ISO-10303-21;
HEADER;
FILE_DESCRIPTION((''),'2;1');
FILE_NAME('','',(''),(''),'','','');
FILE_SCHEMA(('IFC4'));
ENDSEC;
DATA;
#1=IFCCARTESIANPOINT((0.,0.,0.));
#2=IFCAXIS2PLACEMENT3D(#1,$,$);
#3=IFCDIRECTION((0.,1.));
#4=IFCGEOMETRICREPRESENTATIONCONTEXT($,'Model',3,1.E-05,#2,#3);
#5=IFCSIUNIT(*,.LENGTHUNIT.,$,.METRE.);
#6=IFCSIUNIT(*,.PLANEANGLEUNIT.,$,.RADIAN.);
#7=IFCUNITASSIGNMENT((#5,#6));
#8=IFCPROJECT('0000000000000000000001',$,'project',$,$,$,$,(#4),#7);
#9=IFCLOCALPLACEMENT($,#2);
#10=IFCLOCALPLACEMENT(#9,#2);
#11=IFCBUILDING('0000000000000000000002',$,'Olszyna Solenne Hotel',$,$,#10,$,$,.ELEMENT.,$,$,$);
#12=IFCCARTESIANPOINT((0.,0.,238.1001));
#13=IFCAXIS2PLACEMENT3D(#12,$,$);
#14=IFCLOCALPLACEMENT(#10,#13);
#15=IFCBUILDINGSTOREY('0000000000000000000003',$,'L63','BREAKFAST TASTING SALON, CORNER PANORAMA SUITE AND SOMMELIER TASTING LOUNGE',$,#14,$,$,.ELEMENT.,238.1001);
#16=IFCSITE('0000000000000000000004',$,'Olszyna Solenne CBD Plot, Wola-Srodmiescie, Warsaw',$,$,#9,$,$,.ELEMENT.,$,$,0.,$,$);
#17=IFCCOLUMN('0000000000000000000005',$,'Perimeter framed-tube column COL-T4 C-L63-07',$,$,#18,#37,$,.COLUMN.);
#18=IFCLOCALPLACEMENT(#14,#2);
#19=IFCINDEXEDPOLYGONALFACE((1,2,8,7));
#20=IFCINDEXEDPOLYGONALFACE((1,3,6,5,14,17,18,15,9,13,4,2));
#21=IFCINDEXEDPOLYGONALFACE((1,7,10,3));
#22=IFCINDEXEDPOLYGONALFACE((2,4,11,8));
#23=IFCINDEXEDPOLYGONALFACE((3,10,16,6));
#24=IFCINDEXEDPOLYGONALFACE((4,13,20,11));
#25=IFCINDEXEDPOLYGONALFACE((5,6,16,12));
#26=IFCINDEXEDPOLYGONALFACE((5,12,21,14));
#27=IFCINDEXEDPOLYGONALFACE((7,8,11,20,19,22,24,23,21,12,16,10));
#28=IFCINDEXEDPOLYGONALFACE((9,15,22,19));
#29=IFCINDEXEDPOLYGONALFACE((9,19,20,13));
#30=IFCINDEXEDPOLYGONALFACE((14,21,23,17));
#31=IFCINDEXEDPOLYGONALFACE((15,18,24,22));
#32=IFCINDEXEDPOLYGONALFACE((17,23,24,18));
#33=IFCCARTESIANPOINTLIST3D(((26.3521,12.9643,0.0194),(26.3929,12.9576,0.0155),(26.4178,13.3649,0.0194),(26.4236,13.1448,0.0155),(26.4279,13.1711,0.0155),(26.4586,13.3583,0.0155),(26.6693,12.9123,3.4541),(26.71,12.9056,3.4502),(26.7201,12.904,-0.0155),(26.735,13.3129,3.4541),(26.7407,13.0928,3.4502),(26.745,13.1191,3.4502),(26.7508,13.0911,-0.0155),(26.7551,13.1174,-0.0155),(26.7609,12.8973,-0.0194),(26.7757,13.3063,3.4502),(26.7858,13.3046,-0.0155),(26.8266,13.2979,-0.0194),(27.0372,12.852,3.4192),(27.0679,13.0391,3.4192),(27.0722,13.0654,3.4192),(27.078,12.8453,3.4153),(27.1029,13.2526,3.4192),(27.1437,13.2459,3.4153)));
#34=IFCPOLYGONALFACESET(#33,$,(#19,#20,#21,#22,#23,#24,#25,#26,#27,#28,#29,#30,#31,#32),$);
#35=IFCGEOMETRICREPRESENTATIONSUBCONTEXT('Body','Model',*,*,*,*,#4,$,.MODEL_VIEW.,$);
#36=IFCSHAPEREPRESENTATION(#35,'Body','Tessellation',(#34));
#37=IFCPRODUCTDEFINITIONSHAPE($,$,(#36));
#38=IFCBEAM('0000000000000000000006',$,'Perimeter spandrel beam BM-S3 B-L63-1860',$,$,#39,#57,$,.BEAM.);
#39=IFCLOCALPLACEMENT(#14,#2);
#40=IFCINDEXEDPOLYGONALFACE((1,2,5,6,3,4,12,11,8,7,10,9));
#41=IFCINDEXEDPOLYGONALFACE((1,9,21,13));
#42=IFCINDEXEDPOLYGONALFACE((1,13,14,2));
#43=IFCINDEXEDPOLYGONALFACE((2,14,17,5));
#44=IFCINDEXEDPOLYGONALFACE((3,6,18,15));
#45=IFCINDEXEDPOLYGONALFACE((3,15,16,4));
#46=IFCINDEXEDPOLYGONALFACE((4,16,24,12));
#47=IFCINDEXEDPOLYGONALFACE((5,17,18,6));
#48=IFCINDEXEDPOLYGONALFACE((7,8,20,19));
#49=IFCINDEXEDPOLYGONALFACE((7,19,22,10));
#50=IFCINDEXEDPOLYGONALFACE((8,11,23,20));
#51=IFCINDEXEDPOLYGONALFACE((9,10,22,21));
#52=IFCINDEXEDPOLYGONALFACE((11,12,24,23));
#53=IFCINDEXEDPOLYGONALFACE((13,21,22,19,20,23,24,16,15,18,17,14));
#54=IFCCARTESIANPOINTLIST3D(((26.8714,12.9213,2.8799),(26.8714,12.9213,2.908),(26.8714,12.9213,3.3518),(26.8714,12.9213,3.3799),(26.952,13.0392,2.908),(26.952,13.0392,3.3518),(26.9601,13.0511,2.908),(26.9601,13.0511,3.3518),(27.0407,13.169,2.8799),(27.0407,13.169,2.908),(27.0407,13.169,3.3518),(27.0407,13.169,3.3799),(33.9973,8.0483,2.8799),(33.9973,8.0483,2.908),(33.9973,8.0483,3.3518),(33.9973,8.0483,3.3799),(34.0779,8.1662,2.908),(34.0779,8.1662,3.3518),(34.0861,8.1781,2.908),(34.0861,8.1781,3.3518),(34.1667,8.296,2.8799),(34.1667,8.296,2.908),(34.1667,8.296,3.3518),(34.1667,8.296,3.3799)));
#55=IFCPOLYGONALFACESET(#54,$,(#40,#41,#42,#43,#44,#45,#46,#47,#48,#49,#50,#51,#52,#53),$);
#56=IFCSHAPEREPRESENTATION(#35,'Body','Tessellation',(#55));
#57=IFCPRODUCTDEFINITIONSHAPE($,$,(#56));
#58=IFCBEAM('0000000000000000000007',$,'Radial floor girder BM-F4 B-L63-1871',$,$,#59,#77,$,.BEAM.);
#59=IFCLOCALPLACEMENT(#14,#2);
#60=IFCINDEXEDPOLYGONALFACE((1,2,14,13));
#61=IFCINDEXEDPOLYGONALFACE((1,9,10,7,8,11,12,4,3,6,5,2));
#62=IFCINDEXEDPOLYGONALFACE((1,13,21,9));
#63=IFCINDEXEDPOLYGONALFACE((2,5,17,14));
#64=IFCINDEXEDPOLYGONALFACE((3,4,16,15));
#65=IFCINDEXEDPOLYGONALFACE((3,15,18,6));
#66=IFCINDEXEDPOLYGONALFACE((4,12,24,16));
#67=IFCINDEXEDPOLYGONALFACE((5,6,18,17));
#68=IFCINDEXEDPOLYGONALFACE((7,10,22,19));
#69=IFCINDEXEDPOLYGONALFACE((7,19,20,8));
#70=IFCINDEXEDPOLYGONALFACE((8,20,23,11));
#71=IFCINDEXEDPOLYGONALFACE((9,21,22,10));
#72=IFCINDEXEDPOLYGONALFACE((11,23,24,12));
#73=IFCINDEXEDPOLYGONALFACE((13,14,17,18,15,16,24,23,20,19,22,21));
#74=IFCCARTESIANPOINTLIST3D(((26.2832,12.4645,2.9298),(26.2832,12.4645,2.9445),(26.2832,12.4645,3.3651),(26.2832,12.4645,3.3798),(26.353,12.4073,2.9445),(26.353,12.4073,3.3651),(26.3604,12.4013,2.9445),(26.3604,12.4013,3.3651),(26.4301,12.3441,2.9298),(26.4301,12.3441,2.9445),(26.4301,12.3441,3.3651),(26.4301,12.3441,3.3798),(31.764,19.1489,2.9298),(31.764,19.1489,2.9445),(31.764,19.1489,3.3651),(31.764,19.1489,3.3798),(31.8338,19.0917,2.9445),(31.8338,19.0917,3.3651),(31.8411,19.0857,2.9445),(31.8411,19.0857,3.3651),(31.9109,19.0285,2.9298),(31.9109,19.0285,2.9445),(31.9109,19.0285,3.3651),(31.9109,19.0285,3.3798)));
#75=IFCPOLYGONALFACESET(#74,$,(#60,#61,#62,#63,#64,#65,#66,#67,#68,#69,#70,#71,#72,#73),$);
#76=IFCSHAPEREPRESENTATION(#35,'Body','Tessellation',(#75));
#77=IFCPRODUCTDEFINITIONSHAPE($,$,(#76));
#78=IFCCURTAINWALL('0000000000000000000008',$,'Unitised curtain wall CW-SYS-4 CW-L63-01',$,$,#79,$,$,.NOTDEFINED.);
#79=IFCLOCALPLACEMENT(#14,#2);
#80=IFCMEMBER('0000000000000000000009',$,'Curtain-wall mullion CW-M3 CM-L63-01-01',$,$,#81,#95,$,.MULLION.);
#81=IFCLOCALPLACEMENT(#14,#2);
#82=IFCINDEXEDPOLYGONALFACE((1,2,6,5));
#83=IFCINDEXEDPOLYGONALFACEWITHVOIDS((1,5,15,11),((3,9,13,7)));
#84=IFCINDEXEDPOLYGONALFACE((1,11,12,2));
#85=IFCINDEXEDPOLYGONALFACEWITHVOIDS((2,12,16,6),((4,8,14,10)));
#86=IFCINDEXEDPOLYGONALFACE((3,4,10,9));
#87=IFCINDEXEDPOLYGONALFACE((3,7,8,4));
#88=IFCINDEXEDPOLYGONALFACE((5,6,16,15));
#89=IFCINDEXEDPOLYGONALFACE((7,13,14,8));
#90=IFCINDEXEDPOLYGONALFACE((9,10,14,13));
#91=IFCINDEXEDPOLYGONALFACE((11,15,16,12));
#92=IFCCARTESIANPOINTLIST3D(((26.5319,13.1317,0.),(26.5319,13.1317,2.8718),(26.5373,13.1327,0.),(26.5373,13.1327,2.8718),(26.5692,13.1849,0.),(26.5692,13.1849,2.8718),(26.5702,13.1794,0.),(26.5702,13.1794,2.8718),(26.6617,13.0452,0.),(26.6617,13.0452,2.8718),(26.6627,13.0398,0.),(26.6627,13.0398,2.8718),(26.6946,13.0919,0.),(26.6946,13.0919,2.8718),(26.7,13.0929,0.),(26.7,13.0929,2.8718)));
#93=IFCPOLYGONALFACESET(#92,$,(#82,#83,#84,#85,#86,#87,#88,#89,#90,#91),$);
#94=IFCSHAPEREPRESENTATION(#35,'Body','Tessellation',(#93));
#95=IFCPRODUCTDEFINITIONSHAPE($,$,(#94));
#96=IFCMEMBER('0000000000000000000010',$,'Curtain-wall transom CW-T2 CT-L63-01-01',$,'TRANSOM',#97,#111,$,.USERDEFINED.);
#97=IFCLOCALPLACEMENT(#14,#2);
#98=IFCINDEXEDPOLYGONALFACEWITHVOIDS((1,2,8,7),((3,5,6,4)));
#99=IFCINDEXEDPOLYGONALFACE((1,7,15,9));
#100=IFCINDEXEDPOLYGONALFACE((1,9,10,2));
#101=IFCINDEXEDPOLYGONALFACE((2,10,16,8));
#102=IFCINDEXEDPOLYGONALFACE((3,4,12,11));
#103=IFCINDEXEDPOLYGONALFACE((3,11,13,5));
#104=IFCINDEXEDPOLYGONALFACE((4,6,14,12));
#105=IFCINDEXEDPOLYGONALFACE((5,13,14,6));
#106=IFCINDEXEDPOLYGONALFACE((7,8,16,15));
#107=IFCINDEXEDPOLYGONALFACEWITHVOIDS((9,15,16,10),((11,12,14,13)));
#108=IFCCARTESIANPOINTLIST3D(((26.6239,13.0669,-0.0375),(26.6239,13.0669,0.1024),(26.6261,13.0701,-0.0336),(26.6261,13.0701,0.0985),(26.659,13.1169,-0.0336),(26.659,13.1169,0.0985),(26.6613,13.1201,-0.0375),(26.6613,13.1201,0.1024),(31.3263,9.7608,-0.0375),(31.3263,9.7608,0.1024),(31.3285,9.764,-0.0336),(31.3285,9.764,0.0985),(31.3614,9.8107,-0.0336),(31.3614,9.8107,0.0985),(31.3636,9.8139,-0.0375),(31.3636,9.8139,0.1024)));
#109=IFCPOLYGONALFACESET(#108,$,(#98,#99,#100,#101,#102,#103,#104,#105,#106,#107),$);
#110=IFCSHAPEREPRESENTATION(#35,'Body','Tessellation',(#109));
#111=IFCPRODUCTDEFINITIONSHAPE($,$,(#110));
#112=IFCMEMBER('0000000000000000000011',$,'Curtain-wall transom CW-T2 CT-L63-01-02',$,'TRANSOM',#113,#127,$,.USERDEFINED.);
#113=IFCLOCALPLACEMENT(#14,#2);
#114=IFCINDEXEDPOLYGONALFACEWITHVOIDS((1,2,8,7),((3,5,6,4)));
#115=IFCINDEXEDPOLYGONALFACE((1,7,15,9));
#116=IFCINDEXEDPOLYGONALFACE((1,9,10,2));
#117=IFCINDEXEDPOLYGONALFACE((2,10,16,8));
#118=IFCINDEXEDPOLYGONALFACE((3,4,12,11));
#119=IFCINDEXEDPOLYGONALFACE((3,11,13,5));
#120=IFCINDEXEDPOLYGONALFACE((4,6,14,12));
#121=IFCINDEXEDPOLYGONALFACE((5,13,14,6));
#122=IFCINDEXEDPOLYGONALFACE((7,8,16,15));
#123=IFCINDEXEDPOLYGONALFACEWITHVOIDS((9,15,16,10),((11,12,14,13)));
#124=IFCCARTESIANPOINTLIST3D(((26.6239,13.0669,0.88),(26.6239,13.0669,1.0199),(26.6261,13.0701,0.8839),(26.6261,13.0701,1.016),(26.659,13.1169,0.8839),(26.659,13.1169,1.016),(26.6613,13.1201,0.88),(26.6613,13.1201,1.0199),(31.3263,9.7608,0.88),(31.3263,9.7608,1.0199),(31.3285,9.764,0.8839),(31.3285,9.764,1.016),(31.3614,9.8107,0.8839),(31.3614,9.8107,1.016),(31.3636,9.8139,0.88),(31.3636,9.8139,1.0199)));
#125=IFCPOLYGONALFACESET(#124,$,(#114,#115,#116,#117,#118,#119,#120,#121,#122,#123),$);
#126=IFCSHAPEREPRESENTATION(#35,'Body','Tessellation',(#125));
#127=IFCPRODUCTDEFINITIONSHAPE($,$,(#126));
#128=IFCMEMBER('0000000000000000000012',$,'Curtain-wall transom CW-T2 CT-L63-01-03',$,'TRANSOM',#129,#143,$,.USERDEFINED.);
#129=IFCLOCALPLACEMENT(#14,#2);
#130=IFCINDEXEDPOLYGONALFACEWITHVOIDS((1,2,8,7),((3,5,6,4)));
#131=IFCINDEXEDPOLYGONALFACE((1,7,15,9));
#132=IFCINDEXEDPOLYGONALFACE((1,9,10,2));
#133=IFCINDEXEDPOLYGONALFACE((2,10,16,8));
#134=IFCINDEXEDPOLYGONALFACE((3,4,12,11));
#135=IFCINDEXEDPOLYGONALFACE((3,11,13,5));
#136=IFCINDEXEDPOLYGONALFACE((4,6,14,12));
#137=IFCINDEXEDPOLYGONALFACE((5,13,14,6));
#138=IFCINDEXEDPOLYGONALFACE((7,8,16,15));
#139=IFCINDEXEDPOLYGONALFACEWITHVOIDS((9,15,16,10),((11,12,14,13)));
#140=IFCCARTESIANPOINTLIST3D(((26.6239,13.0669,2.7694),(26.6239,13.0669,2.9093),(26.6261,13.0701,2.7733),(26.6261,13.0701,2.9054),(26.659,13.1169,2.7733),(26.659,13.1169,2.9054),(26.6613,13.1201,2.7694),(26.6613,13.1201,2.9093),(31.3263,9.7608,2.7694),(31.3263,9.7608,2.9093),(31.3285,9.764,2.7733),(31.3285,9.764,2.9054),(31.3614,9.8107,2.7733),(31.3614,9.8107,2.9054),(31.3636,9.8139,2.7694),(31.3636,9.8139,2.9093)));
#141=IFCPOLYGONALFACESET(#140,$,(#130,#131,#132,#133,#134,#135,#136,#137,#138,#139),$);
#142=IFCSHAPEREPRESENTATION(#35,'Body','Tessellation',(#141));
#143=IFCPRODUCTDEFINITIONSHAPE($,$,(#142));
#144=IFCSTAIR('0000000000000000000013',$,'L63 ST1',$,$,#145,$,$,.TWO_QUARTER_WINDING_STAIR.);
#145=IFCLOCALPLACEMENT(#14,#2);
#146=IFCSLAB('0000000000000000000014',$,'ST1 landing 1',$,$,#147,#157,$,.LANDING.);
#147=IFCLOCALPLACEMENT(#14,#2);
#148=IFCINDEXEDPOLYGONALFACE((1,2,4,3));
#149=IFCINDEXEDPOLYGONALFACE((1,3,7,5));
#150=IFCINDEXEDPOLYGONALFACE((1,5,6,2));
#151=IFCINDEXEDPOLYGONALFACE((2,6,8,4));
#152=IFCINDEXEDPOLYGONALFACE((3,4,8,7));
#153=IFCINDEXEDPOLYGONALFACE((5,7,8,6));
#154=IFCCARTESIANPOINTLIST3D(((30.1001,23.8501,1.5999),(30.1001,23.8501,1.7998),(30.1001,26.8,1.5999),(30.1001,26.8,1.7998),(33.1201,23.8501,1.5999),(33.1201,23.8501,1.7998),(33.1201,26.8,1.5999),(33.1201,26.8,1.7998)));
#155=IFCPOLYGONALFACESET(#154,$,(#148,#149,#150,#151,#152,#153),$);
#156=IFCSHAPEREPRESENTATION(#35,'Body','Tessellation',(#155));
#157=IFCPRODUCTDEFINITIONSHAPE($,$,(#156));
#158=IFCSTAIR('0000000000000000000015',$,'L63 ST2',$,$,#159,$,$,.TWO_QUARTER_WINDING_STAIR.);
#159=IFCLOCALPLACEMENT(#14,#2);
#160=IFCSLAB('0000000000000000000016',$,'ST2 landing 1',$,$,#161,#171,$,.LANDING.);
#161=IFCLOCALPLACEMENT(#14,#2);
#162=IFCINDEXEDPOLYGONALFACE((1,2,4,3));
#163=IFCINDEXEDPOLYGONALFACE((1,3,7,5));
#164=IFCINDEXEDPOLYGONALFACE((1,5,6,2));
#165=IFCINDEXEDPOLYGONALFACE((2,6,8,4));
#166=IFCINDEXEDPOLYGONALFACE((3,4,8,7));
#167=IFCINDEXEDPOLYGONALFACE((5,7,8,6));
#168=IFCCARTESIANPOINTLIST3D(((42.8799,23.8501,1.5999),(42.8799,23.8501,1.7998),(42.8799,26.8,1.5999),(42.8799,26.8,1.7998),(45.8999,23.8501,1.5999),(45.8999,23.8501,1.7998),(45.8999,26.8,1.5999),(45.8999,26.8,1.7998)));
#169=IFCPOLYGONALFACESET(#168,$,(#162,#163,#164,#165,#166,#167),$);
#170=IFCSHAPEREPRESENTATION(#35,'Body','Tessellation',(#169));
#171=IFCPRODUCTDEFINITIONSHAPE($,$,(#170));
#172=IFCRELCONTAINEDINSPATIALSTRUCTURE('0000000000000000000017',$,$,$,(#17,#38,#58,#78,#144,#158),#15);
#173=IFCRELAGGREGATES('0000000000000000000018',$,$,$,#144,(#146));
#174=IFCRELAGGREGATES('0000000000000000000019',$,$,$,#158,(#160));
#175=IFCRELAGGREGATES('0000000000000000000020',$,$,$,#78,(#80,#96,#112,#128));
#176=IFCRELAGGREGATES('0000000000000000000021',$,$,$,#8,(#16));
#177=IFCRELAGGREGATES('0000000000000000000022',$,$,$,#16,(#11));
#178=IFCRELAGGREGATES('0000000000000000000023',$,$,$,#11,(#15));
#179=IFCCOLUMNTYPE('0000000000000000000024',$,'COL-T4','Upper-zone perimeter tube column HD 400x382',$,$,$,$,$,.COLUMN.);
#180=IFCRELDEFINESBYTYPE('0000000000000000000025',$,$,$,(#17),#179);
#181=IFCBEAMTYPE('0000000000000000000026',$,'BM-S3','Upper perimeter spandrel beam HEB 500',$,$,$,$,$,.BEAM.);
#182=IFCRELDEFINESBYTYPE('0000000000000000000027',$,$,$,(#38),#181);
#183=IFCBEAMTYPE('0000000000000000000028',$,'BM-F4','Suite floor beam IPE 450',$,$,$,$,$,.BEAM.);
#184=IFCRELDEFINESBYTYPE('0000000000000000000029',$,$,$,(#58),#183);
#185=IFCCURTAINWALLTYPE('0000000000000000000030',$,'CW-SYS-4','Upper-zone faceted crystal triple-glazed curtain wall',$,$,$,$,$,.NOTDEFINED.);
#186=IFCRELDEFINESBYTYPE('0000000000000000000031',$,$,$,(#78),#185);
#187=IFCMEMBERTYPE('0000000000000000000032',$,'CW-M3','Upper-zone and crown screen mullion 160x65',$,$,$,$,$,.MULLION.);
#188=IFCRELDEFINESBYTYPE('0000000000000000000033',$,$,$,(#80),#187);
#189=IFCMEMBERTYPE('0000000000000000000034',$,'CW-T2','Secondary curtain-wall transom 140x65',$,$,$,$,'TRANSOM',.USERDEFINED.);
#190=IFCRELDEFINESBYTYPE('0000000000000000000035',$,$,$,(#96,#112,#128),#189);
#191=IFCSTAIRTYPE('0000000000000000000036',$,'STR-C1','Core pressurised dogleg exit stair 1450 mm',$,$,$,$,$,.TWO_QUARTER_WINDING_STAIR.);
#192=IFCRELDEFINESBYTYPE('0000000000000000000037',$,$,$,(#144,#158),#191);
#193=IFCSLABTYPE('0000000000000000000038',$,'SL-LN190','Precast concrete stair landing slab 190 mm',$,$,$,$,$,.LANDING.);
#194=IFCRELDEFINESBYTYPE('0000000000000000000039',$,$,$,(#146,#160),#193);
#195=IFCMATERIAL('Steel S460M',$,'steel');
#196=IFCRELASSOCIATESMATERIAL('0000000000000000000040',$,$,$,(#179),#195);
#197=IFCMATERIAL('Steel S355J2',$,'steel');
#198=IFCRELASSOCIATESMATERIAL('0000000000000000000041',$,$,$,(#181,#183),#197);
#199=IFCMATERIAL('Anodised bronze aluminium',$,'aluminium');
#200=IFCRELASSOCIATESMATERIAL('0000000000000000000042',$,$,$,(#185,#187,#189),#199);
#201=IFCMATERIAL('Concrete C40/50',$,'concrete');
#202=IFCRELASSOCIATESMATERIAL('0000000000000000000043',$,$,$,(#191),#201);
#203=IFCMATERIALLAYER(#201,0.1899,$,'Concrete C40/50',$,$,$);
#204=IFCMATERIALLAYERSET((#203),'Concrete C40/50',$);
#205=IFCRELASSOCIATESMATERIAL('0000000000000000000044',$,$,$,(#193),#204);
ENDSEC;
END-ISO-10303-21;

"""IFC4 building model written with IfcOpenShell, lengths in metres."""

from ifc_helpers import new_model, si_unit, direction, frame, origin, origin_2d, place, context, subcontext, project, spatial, polyline, hollow_rectangle, i_section, outline, extrude, source, transform, mapped, material, layer, layer_set, material_profile, profile_set, type_object, element, aggregate, save


model = new_model("IFC4")

# Units and contexts
model_context = context("Model", 3, precision=1e-05, world=origin(), true_north=direction((0.0, 1.0)))
body_context = subcontext(model_context, "Body", "Model", "MODEL_VIEW")
ifc_project = project(units=[si_unit("LENGTHUNIT", "METRE"), si_unit("PLANEANGLEUNIT", "RADIAN")], contexts=[model_context])

# Site, building, storey
site_placement = place(None, origin())
site = spatial("IfcSite", under=ifc_project, at=site_placement, Name="Olszyna Solenne CBD Plot, Wola-Srodmiescie, Warsaw", CompositionType="ELEMENT", RefElevation=0.0)
building_placement = place(site_placement, origin())
building = spatial("IfcBuilding", under=site, at=building_placement, Name="Olszyna Solenne Hotel", CompositionType="ELEMENT")
storey_placement = place(building_placement, frame((0.0, 0.0, 238.1001)))
storey = spatial("IfcBuildingStorey", under=building, at=storey_placement, Name="L63", Description="BREAKFAST TASTING SALON, CORNER PANORAMA SUITE AND SOMMELIER TASTING LOUNGE", CompositionType="ELEMENT", Elevation=238.1001)

# Column
ifc_material_1 = material(Name="Steel S460M", Category="steel")
ifc_material_profile_1 = material_profile(ifc_material_1, i_section(OverallWidth=0.406, OverallDepth=0.416, WebThickness=0.0266, FlangeThickness=0.0415, at=origin_2d()), Name="HD 400x382", Category="load-bearing")
ifc_profile_set_1 = profile_set([ifc_material_profile_1], Name="Steel S460M")
column_type = type_object("IfcColumnType", Name="COL-T4", Description="Upper-zone perimeter tube column HD 400x382", PredefinedType="COLUMN", material=ifc_profile_set_1)
shared_shape_1 = source(origin(), body_context, "Body", "SweptSolid", [
    extrude(i_section(OverallWidth=0.406, OverallDepth=0.416, WebThickness=0.0266, FlangeThickness=0.0415, at=origin_2d()), origin(), (0.0, 0.0, 1.0), 3.4497),
])
column_placement = place(storey_placement, frame((26.5894, 13.1311, 0.0), z_axis=(0.091929, -0.015074, 0.995651), x_axis=(0.161811, 0.986822, 0.0)))
element("IfcColumn", 1, at=column_placement, inside=storey, type_object=column_type, Name="Perimeter framed-tube column COL-T4 C-L63-07", PredefinedType="COLUMN", context=body_context, shape_type="MappedRepresentation", body=[
    mapped(shared_shape_1, transform((0.0, 0.0, 0.0), x_axis=(1.0, 0.0, 0.0), y_axis=(0.0, 1.0, 0.0), z_axis=(0.0, 0.0, 1.0), scale=1.0)),
])

# Beams
ifc_material_2 = material(Name="Steel S355J2", Category="steel")
ifc_material_profile_2 = material_profile(ifc_material_2, i_section(OverallWidth=0.3, OverallDepth=0.5, WebThickness=0.0144, FlangeThickness=0.0281, at=origin_2d()), Name="HEB 500", Category="load-bearing")
ifc_profile_set_2 = profile_set([ifc_material_profile_2], Name="Steel S355J2")
beam_type_1 = type_object("IfcBeamType", Name="BM-S3", Description="Upper perimeter spandrel beam HEB 500", PredefinedType="BEAM", material=ifc_profile_set_2)
shared_shape_2 = source(origin(), body_context, "Body", "SweptSolid", [
    extrude(i_section(OverallWidth=0.3, OverallDepth=0.5, WebThickness=0.0144, FlangeThickness=0.0281, at=origin_2d()), origin(), (0.0, 0.0, 1.0), 8.6328),
])
beam_1_placement = place(storey_placement, frame((26.9561, 13.0452, 3.1299), z_axis=(0.825449, -0.564477, 0.0), x_axis=(0.564477, 0.825449, 0.0)))
element("IfcBeam", 2, at=beam_1_placement, inside=storey, type_object=beam_type_1, Name="Perimeter spandrel beam BM-S3 B-L63-1860", PredefinedType="BEAM", context=body_context, shape_type="MappedRepresentation", body=[
    mapped(shared_shape_2, transform((0.0, 0.0, 0.0), x_axis=(1.0, 0.0, 0.0), y_axis=(0.0, 1.0, 0.0), z_axis=(0.0, 0.0, 1.0), scale=1.0)),
])
ifc_material_profile_3 = material_profile(ifc_material_2, i_section(OverallWidth=0.1899, OverallDepth=0.45, WebThickness=0.0095, FlangeThickness=0.0146, at=origin_2d()), Name="IPE 450", Category="load-bearing")
ifc_profile_set_3 = profile_set([ifc_material_profile_3], Name="Steel S355J2")
beam_type_2 = type_object("IfcBeamType", Name="BM-F4", Description="Suite floor beam IPE 450", PredefinedType="BEAM", material=ifc_profile_set_3)
shared_shape_3 = source(origin(), body_context, "Body", "SweptSolid", [
    extrude(i_section(OverallWidth=0.1899, OverallDepth=0.45, WebThickness=0.0095, FlangeThickness=0.0146, at=origin_2d()), origin(), (0.0, 0.0, 1.0), 8.644),
])
beam_2_placement = place(storey_placement, frame((26.3567, 12.4043, 3.1548), z_axis=(0.63405, 0.773292, 0.0), x_axis=(-0.773292, 0.63405, 0.0)))
element("IfcBeam", 3, at=beam_2_placement, inside=storey, type_object=beam_type_2, Name="Radial floor girder BM-F4 B-L63-1871", PredefinedType="BEAM", context=body_context, shape_type="MappedRepresentation", body=[
    mapped(shared_shape_3, transform((0.0, 0.0, 0.0), x_axis=(1.0, 0.0, 0.0), y_axis=(0.0, 1.0, 0.0), z_axis=(0.0, 0.0, 1.0), scale=1.0)),
])

# Curtain wall, members
ifc_material_3 = material(Name="Anodised bronze aluminium", Category="aluminium")
curtain_wall_type = type_object("IfcCurtainWallType", Name="CW-SYS-4", Description="Upper-zone faceted crystal triple-glazed curtain wall", PredefinedType="NOTDEFINED", material=ifc_material_3)
curtain_wall_placement = place(storey_placement, origin())
curtain_wall = element("IfcCurtainWall", 4, at=curtain_wall_placement, inside=storey, type_object=curtain_wall_type, Name="Unitised curtain wall CW-SYS-4 CW-L63-01", PredefinedType="NOTDEFINED")
ifc_material_profile_4 = material_profile(ifc_material_3, hollow_rectangle(XDim=0.0649, YDim=0.1599, WallThickness=0.0039, at=origin_2d()), Name="MULL 160x65x4", Category="load-bearing")
ifc_profile_set_4 = profile_set([ifc_material_profile_4], Name="Anodised bronze aluminium")
member_type_1 = type_object("IfcMemberType", Name="CW-M3", Description="Upper-zone and crown screen mullion 160x65", PredefinedType="MULLION", material=ifc_profile_set_4)
shared_shape_4 = source(origin(), body_context, "Body", "SweptSolid", [
    extrude(hollow_rectangle(XDim=0.0649, YDim=0.1599, WallThickness=0.0039, at=origin_2d()), origin(), (0.0, 0.0, 1.0), 2.8718),
])
member_1_placement = place(storey_placement, frame((26.616, 13.1123, 0.0), z_axis=(0.0, 0.0, 1.0), x_axis=(0.575174, 0.818031, 0.0)))
member_1 = element("IfcMember", 5, at=member_1_placement, type_object=member_type_1, Name="Curtain-wall mullion CW-M3 CM-L63-01-01", PredefinedType="MULLION", context=body_context, shape_type="MappedRepresentation", body=[
    mapped(shared_shape_4, transform((0.0, 0.0, 0.0), x_axis=(1.0, 0.0, 0.0), y_axis=(0.0, 1.0, 0.0), z_axis=(0.0, 0.0, 1.0), scale=1.0)),
])
ifc_material_profile_5 = material_profile(ifc_material_3, hollow_rectangle(XDim=0.0649, YDim=0.1399, WallThickness=0.0039, at=origin_2d()), Name="TRAN 140x65x4", Category="load-bearing")
ifc_profile_set_5 = profile_set([ifc_material_profile_5], Name="Anodised bronze aluminium")
member_type_2 = type_object("IfcMemberType", Name="CW-T2", Description="Secondary curtain-wall transom 140x65", ElementType="TRANSOM", PredefinedType="USERDEFINED", material=ifc_profile_set_5)
shared_shape_5 = source(origin(), body_context, "Body", "SweptSolid", [
    extrude(hollow_rectangle(XDim=0.0649, YDim=0.1399, WallThickness=0.0039, at=origin_2d()), origin(), (0.0, 0.0, 1.0), 5.7483),
])
member_2_placement = place(storey_placement, frame((26.6426, 13.0935, 0.0325), z_axis=(0.818047, -0.575151, 0.0), x_axis=(0.575151, 0.818047, 0.0)))
member_2 = element("IfcMember", 6, at=member_2_placement, type_object=member_type_2, Name="Curtain-wall transom CW-T2 CT-L63-01-01", ObjectType="TRANSOM", PredefinedType="USERDEFINED", context=body_context, shape_type="MappedRepresentation", body=[
    mapped(shared_shape_5, transform((0.0, 0.0, 0.0), x_axis=(1.0, 0.0, 0.0), y_axis=(0.0, 1.0, 0.0), z_axis=(0.0, 0.0, 1.0), scale=1.0)),
])
member_3_placement = place(storey_placement, frame((26.6426, 13.0935, 0.95), z_axis=(0.818047, -0.575151, 0.0), x_axis=(0.575151, 0.818047, 0.0)))
member_3 = element("IfcMember", 7, at=member_3_placement, type_object=member_type_2, Name="Curtain-wall transom CW-T2 CT-L63-01-02", ObjectType="TRANSOM", PredefinedType="USERDEFINED", context=body_context, shape_type="MappedRepresentation", body=[
    mapped(shared_shape_5, transform((0.0, 0.0, 0.0), x_axis=(1.0, 0.0, 0.0), y_axis=(0.0, 1.0, 0.0), z_axis=(0.0, 0.0, 1.0), scale=1.0)),
])
member_4_placement = place(storey_placement, frame((26.6426, 13.0935, 2.8394), z_axis=(0.818047, -0.575151, 0.0), x_axis=(0.575151, 0.818047, 0.0)))
member_4 = element("IfcMember", 8, at=member_4_placement, type_object=member_type_2, Name="Curtain-wall transom CW-T2 CT-L63-01-03", ObjectType="TRANSOM", PredefinedType="USERDEFINED", context=body_context, shape_type="MappedRepresentation", body=[
    mapped(shared_shape_5, transform((0.0, 0.0, 0.0), x_axis=(1.0, 0.0, 0.0), y_axis=(0.0, 1.0, 0.0), z_axis=(0.0, 0.0, 1.0), scale=1.0)),
])

# Stairs, slabs
ifc_material_4 = material(Name="Concrete C40/50", Category="concrete")
stair_type = type_object("IfcStairType", Name="STR-C1", Description="Core pressurised dogleg exit stair 1450 mm", PredefinedType="TWO_QUARTER_WINDING_STAIR", material=ifc_material_4)
stair_1_placement = place(storey_placement, origin())
stair_1 = element("IfcStair", 9, at=stair_1_placement, inside=storey, type_object=stair_type, Name="L63 ST1", PredefinedType="TWO_QUARTER_WINDING_STAIR")
ifc_layer_1 = layer(ifc_material_4, 0.1899, Name="Concrete C40/50")
ifc_layer_set_1 = layer_set([ifc_layer_1], Name="Concrete C40/50")
slab_type_1 = type_object("IfcSlabType", Name="SL-LN190", Description="Precast concrete stair landing slab 190 mm", PredefinedType="LANDING", material=ifc_layer_set_1)
slab_1_placement = place(storey_placement, frame((0.0, 0.0, 1.5999)))
slab_1 = element("IfcSlab", 10, at=slab_1_placement, type_object=slab_type_1, Name="ST1 landing 1", PredefinedType="LANDING", context=body_context, shape_type="SweptSolid", body=[
    extrude(outline(polyline([(33.1201, 23.8501), (33.1201, 26.8), (30.1001, 26.8), (30.1001, 23.8501), (33.1201, 23.8501)])), origin(), (0.0, 0.0, 1.0), 0.2),
])
aggregate(stair_1, [slab_1])
stair_2_placement = place(storey_placement, origin())
stair_2 = element("IfcStair", 11, at=stair_2_placement, inside=storey, type_object=stair_type, Name="L63 ST2", PredefinedType="TWO_QUARTER_WINDING_STAIR")
slab_2_placement = place(storey_placement, frame((0.0, 0.0, 1.5999)))
slab_2 = element("IfcSlab", 12, at=slab_2_placement, type_object=slab_type_1, Name="ST2 landing 1", PredefinedType="LANDING", context=body_context, shape_type="SweptSolid", body=[
    extrude(outline(polyline([(45.8999, 23.8501), (45.8999, 26.8), (42.8799, 26.8), (42.8799, 23.8501), (45.8999, 23.8501)])), origin(), (0.0, 0.0, 1.0), 0.2),
])
aggregate(stair_2, [slab_2])

aggregate(curtain_wall, [member_1, member_2, member_3, member_4])

save(model, "model.ifc")
